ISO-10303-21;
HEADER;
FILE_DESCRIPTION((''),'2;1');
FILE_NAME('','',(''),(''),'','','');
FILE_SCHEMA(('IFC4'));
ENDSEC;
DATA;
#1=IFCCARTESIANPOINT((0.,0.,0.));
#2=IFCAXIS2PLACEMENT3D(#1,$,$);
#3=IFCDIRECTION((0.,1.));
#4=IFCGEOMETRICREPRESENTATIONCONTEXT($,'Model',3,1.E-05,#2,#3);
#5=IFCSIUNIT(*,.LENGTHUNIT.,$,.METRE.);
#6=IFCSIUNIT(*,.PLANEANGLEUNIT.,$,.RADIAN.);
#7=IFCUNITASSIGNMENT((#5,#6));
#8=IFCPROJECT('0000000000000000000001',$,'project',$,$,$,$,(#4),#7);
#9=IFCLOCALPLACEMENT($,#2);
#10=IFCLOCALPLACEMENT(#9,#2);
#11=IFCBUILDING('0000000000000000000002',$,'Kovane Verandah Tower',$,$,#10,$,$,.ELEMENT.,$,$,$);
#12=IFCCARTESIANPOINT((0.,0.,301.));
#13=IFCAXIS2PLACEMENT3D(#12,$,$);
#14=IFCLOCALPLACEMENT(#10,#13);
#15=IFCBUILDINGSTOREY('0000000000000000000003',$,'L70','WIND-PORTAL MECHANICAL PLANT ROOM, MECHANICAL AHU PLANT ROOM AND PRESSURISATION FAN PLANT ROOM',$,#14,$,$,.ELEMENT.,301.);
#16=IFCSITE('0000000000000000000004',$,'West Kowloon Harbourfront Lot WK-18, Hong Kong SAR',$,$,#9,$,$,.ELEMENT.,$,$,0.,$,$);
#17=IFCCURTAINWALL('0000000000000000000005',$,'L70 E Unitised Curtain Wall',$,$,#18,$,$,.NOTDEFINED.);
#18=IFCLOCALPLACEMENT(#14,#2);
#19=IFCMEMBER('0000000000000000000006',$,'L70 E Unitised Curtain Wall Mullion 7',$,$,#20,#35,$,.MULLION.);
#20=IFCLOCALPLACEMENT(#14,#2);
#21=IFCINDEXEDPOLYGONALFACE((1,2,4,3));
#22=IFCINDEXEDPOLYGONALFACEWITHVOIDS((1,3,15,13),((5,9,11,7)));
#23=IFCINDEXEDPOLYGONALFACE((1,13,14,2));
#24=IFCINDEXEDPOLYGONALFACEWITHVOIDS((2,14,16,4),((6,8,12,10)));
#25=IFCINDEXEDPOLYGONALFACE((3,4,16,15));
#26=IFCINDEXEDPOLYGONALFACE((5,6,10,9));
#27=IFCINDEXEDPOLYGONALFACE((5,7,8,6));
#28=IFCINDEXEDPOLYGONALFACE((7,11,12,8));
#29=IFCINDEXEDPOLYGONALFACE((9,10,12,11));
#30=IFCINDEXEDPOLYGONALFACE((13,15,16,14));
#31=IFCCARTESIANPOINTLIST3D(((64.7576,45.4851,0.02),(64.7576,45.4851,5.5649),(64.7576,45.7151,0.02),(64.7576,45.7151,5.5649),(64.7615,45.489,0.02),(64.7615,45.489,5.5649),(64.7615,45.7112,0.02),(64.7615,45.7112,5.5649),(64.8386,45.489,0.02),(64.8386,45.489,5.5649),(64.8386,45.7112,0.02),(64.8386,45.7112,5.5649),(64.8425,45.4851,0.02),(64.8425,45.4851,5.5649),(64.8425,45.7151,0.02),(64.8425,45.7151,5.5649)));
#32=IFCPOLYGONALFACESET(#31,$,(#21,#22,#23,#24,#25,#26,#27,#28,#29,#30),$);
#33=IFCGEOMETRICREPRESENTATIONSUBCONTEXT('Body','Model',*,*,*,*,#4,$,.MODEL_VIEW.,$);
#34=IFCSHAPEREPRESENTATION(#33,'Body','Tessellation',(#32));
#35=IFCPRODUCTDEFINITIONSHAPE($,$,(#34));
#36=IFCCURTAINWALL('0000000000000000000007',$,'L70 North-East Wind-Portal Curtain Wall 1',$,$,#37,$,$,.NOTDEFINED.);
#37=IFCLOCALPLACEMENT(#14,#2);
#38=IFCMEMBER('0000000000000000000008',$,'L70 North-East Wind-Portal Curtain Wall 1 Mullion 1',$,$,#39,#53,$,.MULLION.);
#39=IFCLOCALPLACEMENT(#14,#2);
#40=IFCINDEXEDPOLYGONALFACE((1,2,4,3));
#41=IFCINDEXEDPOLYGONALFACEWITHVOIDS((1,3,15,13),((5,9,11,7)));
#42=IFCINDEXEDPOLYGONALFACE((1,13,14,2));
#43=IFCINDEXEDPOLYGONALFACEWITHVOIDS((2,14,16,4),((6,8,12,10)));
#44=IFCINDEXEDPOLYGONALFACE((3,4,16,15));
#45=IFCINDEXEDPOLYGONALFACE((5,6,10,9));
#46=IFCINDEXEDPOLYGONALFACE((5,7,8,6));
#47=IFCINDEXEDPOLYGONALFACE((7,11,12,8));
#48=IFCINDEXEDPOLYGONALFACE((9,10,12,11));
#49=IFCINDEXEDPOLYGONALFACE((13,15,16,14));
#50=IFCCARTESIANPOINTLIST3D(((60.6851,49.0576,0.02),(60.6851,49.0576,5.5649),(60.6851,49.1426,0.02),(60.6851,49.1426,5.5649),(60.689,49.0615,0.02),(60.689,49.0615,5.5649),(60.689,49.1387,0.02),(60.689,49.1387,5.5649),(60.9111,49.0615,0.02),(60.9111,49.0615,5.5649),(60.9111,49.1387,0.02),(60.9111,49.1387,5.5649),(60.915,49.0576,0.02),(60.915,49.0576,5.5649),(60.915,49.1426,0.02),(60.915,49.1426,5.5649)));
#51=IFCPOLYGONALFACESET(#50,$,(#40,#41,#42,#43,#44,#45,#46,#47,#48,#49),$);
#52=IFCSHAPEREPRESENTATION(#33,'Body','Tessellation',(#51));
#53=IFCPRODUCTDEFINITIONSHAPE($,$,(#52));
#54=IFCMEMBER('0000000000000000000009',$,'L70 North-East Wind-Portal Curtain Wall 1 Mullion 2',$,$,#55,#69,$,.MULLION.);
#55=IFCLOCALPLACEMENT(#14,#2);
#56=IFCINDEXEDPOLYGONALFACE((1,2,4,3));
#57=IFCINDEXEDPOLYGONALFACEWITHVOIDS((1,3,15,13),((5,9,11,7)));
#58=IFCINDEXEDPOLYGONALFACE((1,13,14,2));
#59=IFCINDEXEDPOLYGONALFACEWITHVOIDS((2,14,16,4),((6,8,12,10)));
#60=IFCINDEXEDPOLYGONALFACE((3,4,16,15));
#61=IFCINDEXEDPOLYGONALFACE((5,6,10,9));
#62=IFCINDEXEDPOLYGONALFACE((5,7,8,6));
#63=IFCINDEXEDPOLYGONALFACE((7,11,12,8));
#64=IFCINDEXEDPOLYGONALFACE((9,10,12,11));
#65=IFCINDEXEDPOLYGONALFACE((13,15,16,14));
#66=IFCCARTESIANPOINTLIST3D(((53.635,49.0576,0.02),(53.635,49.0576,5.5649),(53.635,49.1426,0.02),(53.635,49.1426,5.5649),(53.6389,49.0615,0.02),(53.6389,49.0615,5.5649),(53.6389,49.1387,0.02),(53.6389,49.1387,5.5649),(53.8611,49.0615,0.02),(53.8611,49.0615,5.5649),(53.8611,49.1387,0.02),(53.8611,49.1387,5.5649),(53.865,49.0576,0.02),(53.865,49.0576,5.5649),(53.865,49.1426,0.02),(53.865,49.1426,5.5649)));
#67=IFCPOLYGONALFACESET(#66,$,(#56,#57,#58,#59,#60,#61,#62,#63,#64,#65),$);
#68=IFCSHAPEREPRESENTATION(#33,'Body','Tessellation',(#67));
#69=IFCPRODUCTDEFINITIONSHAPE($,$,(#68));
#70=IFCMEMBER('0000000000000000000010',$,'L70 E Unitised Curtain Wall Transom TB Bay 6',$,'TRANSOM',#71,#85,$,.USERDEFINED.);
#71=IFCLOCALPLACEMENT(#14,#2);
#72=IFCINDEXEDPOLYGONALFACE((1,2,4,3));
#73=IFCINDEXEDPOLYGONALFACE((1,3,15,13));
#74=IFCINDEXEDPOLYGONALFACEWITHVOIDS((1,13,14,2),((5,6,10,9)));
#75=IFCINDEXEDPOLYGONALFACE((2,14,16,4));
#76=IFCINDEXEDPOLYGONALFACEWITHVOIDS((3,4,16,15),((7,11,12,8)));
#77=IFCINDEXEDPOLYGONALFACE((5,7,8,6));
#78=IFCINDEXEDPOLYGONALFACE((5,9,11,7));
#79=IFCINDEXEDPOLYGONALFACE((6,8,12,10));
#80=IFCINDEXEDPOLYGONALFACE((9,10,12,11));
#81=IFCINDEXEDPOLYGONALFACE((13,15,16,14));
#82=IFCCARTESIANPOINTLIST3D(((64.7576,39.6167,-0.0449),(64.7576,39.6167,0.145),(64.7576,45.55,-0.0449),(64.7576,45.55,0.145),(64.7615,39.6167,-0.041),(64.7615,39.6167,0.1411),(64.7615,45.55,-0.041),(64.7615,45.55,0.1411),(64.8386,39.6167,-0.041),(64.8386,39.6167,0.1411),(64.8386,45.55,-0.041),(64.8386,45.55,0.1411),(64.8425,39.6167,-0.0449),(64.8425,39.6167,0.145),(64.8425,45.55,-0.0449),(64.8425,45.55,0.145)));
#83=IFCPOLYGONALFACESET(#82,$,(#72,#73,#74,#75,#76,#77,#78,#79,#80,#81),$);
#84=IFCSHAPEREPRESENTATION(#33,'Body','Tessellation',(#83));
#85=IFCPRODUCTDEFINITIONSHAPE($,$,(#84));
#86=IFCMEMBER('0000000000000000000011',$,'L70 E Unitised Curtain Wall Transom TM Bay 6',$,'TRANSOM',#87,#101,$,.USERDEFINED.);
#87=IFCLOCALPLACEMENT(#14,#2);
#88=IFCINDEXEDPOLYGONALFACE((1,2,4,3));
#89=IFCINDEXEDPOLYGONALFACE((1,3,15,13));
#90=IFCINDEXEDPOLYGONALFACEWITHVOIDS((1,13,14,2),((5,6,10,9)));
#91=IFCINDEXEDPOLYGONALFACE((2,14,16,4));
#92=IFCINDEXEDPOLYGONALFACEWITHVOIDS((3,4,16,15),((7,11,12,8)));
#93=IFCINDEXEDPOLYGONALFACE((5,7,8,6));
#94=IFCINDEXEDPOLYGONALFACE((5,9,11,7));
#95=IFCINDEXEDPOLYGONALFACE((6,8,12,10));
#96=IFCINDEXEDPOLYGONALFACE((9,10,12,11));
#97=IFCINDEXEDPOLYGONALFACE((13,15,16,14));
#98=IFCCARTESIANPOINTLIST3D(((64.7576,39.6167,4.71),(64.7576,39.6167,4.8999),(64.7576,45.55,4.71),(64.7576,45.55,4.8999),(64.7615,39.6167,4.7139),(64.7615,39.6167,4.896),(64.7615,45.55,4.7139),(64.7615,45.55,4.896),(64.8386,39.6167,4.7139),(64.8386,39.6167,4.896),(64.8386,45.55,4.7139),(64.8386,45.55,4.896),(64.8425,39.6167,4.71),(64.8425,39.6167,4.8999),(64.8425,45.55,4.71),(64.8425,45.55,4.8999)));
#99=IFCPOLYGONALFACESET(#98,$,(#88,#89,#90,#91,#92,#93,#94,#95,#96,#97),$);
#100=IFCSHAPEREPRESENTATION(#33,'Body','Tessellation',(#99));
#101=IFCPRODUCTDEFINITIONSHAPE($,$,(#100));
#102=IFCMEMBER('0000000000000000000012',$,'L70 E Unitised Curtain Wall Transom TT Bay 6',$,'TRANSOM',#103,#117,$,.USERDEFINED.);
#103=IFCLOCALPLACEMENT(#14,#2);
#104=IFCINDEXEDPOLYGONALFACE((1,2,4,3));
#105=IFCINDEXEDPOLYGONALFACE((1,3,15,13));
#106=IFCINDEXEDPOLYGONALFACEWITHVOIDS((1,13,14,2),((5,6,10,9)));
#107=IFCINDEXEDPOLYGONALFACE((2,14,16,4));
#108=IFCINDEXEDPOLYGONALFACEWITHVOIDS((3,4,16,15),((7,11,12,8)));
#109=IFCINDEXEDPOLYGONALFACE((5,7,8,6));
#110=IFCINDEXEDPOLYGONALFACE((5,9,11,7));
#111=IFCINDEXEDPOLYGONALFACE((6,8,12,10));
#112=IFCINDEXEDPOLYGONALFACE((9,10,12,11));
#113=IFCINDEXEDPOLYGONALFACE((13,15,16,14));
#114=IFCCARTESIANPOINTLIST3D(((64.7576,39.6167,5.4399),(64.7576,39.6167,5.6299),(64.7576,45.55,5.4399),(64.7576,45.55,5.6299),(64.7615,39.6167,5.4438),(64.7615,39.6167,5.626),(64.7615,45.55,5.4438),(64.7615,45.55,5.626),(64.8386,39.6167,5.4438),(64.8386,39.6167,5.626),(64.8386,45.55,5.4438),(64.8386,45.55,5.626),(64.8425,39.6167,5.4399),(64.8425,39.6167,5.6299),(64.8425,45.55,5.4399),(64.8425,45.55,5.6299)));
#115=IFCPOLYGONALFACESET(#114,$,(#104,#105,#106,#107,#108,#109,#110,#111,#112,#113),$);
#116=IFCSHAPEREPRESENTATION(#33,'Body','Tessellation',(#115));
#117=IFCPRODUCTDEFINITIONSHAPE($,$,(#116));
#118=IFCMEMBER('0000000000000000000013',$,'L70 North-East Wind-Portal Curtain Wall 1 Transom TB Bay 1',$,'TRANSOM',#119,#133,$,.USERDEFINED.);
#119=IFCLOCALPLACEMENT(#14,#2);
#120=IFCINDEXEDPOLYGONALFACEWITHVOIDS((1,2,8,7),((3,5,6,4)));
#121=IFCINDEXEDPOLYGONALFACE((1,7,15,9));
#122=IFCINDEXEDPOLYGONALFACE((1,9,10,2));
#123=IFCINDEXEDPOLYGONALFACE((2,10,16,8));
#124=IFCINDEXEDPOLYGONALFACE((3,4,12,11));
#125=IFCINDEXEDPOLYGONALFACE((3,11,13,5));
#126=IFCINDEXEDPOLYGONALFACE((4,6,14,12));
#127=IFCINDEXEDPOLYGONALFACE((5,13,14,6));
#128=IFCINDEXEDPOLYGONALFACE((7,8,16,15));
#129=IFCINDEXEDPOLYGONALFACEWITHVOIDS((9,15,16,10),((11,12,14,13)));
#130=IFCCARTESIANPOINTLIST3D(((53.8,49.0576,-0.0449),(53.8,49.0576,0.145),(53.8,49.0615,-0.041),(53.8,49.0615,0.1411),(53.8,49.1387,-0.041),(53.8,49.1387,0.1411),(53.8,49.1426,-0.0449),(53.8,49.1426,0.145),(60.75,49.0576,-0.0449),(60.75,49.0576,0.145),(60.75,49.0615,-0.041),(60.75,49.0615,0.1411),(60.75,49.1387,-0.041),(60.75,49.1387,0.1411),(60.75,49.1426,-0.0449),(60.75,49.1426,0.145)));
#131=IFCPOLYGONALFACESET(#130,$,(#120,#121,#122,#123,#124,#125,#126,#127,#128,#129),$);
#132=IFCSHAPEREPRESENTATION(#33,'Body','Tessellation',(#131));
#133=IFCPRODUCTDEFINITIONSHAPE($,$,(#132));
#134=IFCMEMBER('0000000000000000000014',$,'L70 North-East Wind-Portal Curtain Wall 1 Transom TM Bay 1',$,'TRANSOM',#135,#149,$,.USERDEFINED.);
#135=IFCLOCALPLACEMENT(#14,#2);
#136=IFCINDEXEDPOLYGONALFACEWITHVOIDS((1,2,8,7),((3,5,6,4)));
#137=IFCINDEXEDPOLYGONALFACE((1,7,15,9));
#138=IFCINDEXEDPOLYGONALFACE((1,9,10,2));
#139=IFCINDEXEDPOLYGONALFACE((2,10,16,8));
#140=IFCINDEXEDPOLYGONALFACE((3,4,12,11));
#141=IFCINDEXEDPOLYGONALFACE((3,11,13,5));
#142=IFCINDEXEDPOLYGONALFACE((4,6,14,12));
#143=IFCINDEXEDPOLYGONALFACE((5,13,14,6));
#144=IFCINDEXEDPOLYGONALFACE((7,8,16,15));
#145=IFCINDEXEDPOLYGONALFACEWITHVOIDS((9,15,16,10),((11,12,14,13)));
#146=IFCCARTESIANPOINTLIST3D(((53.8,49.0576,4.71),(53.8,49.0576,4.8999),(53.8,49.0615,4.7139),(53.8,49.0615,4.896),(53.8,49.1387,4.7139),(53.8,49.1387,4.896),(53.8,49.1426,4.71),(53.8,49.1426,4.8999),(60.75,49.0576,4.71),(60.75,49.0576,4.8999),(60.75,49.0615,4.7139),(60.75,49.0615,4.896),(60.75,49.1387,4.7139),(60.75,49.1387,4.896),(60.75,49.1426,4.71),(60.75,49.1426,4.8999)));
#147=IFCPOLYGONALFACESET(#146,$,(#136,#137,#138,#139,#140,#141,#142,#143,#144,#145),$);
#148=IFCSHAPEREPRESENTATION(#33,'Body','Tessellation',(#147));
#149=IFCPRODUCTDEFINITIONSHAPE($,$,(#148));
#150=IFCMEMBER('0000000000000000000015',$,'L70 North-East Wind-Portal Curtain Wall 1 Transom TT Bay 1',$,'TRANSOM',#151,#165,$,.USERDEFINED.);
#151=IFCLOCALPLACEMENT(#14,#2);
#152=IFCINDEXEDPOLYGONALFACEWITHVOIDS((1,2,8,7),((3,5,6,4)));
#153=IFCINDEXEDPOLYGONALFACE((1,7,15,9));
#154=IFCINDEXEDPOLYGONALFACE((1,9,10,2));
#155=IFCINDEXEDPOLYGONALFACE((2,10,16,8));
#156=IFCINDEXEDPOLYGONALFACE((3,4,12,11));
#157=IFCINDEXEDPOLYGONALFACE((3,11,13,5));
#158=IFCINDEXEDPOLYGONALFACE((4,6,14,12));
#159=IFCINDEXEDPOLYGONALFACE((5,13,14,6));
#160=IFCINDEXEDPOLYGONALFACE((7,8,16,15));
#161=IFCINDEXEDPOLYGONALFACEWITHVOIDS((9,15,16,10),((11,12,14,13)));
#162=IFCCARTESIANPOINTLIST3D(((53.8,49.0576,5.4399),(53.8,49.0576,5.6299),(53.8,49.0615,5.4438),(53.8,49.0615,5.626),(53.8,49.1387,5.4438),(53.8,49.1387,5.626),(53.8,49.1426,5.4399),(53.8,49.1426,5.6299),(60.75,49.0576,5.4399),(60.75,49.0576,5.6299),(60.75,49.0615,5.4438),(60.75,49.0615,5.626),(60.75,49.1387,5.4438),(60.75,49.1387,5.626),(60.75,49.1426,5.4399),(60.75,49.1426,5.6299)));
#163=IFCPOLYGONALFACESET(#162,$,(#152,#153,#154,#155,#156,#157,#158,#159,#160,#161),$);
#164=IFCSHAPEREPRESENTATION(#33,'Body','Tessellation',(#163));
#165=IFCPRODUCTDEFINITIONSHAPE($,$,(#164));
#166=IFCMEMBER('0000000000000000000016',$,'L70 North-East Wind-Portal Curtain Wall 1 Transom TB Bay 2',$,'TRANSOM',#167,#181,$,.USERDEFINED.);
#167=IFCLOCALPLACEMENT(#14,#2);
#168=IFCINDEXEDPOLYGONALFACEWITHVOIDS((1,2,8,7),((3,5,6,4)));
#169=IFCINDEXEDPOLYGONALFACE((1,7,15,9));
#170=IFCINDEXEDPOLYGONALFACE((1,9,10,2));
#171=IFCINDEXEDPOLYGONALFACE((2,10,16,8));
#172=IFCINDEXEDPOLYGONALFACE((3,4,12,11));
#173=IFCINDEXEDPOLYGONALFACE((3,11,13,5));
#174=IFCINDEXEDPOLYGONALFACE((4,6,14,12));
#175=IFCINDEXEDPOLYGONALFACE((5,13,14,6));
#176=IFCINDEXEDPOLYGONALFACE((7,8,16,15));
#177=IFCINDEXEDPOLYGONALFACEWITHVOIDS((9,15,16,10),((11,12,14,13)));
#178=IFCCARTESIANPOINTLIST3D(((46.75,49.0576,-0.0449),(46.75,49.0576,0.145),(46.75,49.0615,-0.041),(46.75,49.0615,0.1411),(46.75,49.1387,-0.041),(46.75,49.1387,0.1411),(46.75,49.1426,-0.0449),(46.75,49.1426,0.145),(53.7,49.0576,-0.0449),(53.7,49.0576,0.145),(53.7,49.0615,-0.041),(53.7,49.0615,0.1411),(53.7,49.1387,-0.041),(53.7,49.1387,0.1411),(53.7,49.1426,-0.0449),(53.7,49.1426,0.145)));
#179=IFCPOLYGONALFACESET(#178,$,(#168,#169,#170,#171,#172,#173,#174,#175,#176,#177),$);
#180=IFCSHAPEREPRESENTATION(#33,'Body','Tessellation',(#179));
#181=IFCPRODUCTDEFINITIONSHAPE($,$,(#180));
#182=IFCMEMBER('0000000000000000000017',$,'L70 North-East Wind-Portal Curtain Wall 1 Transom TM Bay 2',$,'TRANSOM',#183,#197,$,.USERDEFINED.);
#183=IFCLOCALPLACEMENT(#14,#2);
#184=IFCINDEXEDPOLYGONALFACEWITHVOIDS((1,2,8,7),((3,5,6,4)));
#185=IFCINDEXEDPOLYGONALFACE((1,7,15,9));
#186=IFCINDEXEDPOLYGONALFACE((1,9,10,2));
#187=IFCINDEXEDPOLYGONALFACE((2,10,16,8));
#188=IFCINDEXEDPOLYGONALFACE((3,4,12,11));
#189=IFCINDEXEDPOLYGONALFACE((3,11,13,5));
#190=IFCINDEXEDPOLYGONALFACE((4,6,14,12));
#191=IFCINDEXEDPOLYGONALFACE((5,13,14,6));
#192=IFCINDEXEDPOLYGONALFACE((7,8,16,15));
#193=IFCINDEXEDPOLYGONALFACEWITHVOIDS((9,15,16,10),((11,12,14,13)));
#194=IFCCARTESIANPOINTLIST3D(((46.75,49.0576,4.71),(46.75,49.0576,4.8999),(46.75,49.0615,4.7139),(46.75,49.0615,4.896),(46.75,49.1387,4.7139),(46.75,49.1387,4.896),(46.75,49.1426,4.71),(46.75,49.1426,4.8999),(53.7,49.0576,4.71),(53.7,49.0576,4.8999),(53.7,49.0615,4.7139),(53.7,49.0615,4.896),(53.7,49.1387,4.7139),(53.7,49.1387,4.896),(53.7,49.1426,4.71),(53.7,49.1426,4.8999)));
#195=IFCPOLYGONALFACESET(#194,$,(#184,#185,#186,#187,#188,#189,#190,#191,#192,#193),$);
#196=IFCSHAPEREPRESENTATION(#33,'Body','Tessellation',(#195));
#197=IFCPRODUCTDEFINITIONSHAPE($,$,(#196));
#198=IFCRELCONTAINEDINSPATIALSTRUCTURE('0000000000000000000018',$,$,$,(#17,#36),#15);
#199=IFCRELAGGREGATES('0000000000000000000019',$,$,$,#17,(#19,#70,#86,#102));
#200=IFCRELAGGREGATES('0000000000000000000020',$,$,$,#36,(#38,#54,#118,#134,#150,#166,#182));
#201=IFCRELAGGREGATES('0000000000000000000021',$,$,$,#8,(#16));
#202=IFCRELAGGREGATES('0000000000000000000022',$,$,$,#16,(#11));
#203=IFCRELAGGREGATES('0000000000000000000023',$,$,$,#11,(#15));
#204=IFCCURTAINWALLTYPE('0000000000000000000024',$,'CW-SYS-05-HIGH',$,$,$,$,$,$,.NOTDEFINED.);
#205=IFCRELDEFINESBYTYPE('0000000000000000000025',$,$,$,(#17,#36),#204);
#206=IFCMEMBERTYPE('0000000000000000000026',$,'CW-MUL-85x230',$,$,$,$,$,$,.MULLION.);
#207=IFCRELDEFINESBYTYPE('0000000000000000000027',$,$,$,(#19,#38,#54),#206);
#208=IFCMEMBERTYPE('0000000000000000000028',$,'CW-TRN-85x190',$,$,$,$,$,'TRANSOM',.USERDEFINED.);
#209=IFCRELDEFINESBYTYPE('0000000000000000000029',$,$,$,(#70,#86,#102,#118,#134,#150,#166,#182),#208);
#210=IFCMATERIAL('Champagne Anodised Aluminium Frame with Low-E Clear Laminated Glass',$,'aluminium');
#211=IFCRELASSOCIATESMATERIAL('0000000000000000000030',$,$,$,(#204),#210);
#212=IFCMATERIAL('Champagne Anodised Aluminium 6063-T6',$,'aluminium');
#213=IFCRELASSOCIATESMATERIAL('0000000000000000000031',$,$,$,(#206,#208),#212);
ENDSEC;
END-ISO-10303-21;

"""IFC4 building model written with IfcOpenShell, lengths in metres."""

from ifc_helpers import new_model, si_unit, direction, frame, origin, origin_2d, place, context, subcontext, project, spatial, hollow_rectangle, extrude, material, material_profile, profile_set, type_object, element, aggregate, save


model = new_model("IFC4")

# Units and contexts
model_context = context("Model", 3, precision=1e-05, world=origin(), true_north=direction((0.0, 1.0)))
body_context = subcontext(model_context, "Body", "Model", "MODEL_VIEW")
ifc_project = project(units=[si_unit("LENGTHUNIT", "METRE"), si_unit("PLANEANGLEUNIT", "RADIAN")], contexts=[model_context])

# Site, building, storey
site_placement = place(None, origin())
site = spatial("IfcSite", under=ifc_project, at=site_placement, Name="West Kowloon Harbourfront Lot WK-18, Hong Kong SAR", CompositionType="ELEMENT", RefElevation=0.0)
building_placement = place(site_placement, origin())
building = spatial("IfcBuilding", under=site, at=building_placement, Name="Kovane Verandah Tower", CompositionType="ELEMENT")
storey_placement = place(building_placement, frame((0.0, 0.0, 301.0)))
storey = spatial("IfcBuildingStorey", under=building, at=storey_placement, Name="L70", Description="WIND-PORTAL MECHANICAL PLANT ROOM, MECHANICAL AHU PLANT ROOM AND PRESSURISATION FAN PLANT ROOM", CompositionType="ELEMENT", Elevation=301.0)

# Curtain walls, members
ifc_material_1 = material(Name="Champagne Anodised Aluminium Frame with Low-E Clear Laminated Glass", Category="aluminium")
curtain_wall_type = type_object("IfcCurtainWallType", Name="CW-SYS-05-HIGH", PredefinedType="NOTDEFINED", material=ifc_material_1)
curtain_wall_1_placement = place(storey_placement, origin())
curtain_wall_1 = element("IfcCurtainWall", 1, at=curtain_wall_1_placement, inside=storey, type_object=curtain_wall_type, Name="L70 E Unitised Curtain Wall", PredefinedType="NOTDEFINED")
ifc_material_2 = material(Name="Champagne Anodised Aluminium 6063-T6", Category="aluminium")
ifc_material_profile_1 = material_profile(ifc_material_2, hollow_rectangle(XDim=0.085, YDim=0.23, WallThickness=0.0039, at=origin_2d()), Name="AL85x230x4")
ifc_profile_set_1 = profile_set([ifc_material_profile_1], Name="Champagne Anodised Aluminium 6063-T6")
member_type_1 = type_object("IfcMemberType", Name="CW-MUL-85x230", PredefinedType="MULLION", material=ifc_profile_set_1)
member_1_placement = place(storey_placement, frame((64.8, 45.6001, 0.02), z_axis=(0.0, 0.0, 1.0), x_axis=(1.0, 0.0, 0.0)))
member_1 = element("IfcMember", 2, at=member_1_placement, type_object=member_type_1, Name="L70 E Unitised Curtain Wall Mullion 7", PredefinedType="MULLION", context=body_context, shape_type="SweptSolid", body=[
    extrude(hollow_rectangle(XDim=0.085, YDim=0.23, WallThickness=0.0039, at=origin_2d()), origin(), (0.0, 0.0, 1.0), 5.5449),
])
curtain_wall_2_placement = place(storey_placement, origin())
curtain_wall_2 = element("IfcCurtainWall", 3, at=curtain_wall_2_placement, inside=storey, type_object=curtain_wall_type, Name="L70 North-East Wind-Portal Curtain Wall 1", PredefinedType="NOTDEFINED")
member_2_placement = place(storey_placement, frame((60.8, 49.1001, 0.02), z_axis=(0.0, 0.0, 1.0), x_axis=(0.0, 1.0, 0.0)))
member_2 = element("IfcMember", 4, at=member_2_placement, type_object=member_type_1, Name="L70 North-East Wind-Portal Curtain Wall 1 Mullion 1", PredefinedType="MULLION", context=body_context, shape_type="SweptSolid", body=[
    extrude(hollow_rectangle(XDim=0.085, YDim=0.23, WallThickness=0.0039, at=origin_2d()), origin(), (0.0, 0.0, 1.0), 5.5449),
])
member_3_placement = place(storey_placement, frame((53.75, 49.1001, 0.02), z_axis=(0.0, 0.0, 1.0), x_axis=(0.0, 1.0, 0.0)))
member_3 = element("IfcMember", 5, at=member_3_placement, type_object=member_type_1, Name="L70 North-East Wind-Portal Curtain Wall 1 Mullion 2", PredefinedType="MULLION", context=body_context, shape_type="SweptSolid", body=[
    extrude(hollow_rectangle(XDim=0.085, YDim=0.23, WallThickness=0.0039, at=origin_2d()), origin(), (0.0, 0.0, 1.0), 5.5449),
])

# Members
ifc_material_profile_2 = material_profile(ifc_material_2, hollow_rectangle(XDim=0.085, YDim=0.1899, WallThickness=0.0039, at=origin_2d()), Name="AL85x190x4")
ifc_profile_set_2 = profile_set([ifc_material_profile_2], Name="Champagne Anodised Aluminium 6063-T6")
member_type_2 = type_object("IfcMemberType", Name="CW-TRN-85x190", ElementType="TRANSOM", PredefinedType="USERDEFINED", material=ifc_profile_set_2)
member_4_placement = place(storey_placement, frame((64.8, 39.6167, 0.05), z_axis=(0.0, 1.0, 0.0), x_axis=(-1.0, 0.0, 0.0)))
member_4 = element("IfcMember", 6, at=member_4_placement, type_object=member_type_2, Name="L70 E Unitised Curtain Wall Transom TB Bay 6", ObjectType="TRANSOM", PredefinedType="USERDEFINED", context=body_context, shape_type="SweptSolid", body=[
    extrude(hollow_rectangle(XDim=0.085, YDim=0.1899, WallThickness=0.0039, at=origin_2d()), origin(), (0.0, 0.0, 1.0), 5.9333),
])
member_5_placement = place(storey_placement, frame((64.8, 39.6167, 4.8049), z_axis=(0.0, 1.0, 0.0), x_axis=(-1.0, 0.0, 0.0)))
member_5 = element("IfcMember", 7, at=member_5_placement, type_object=member_type_2, Name="L70 E Unitised Curtain Wall Transom TM Bay 6", ObjectType="TRANSOM", PredefinedType="USERDEFINED", context=body_context, shape_type="SweptSolid", body=[
    extrude(hollow_rectangle(XDim=0.085, YDim=0.1899, WallThickness=0.0039, at=origin_2d()), origin(), (0.0, 0.0, 1.0), 5.9333),
])
member_6_placement = place(storey_placement, frame((64.8, 39.6167, 5.5349), z_axis=(0.0, 1.0, 0.0), x_axis=(-1.0, 0.0, 0.0)))
member_6 = element("IfcMember", 8, at=member_6_placement, type_object=member_type_2, Name="L70 E Unitised Curtain Wall Transom TT Bay 6", ObjectType="TRANSOM", PredefinedType="USERDEFINED", context=body_context, shape_type="SweptSolid", body=[
    extrude(hollow_rectangle(XDim=0.085, YDim=0.1899, WallThickness=0.0039, at=origin_2d()), origin(), (0.0, 0.0, 1.0), 5.9333),
])
member_7_placement = place(storey_placement, frame((60.75, 49.1001, 0.05), z_axis=(-1.0, 0.0, 0.0), x_axis=(0.0, -1.0, 0.0)))
member_7 = element("IfcMember", 9, at=member_7_placement, type_object=member_type_2, Name="L70 North-East Wind-Portal Curtain Wall 1 Transom TB Bay 1", ObjectType="TRANSOM", PredefinedType="USERDEFINED", context=body_context, shape_type="SweptSolid", body=[
    extrude(hollow_rectangle(XDim=0.085, YDim=0.1899, WallThickness=0.0039, at=origin_2d()), origin(), (0.0, 0.0, 1.0), 6.95),
])
member_8_placement = place(storey_placement, frame((60.75, 49.1001, 4.8049), z_axis=(-1.0, 0.0, 0.0), x_axis=(0.0, -1.0, 0.0)))
member_8 = element("IfcMember", 10, at=member_8_placement, type_object=member_type_2, Name="L70 North-East Wind-Portal Curtain Wall 1 Transom TM Bay 1", ObjectType="TRANSOM", PredefinedType="USERDEFINED", context=body_context, shape_type="SweptSolid", body=[
    extrude(hollow_rectangle(XDim=0.085, YDim=0.1899, WallThickness=0.0039, at=origin_2d()), origin(), (0.0, 0.0, 1.0), 6.95),
])
member_9_placement = place(storey_placement, frame((60.75, 49.1001, 5.5349), z_axis=(-1.0, 0.0, 0.0), x_axis=(0.0, -1.0, 0.0)))
member_9 = element("IfcMember", 11, at=member_9_placement, type_object=member_type_2, Name="L70 North-East Wind-Portal Curtain Wall 1 Transom TT Bay 1", ObjectType="TRANSOM", PredefinedType="USERDEFINED", context=body_context, shape_type="SweptSolid", body=[
    extrude(hollow_rectangle(XDim=0.085, YDim=0.1899, WallThickness=0.0039, at=origin_2d()), origin(), (0.0, 0.0, 1.0), 6.95),
])
member_10_placement = place(storey_placement, frame((53.7, 49.1001, 0.05), z_axis=(-1.0, 0.0, 0.0), x_axis=(0.0, -1.0, 0.0)))
member_10 = element("IfcMember", 12, at=member_10_placement, type_object=member_type_2, Name="L70 North-East Wind-Portal Curtain Wall 1 Transom TB Bay 2", ObjectType="TRANSOM", PredefinedType="USERDEFINED", context=body_context, shape_type="SweptSolid", body=[
    extrude(hollow_rectangle(XDim=0.085, YDim=0.1899, WallThickness=0.0039, at=origin_2d()), origin(), (0.0, 0.0, 1.0), 6.95),
])
member_11_placement = place(storey_placement, frame((53.7, 49.1001, 4.8049), z_axis=(-1.0, 0.0, 0.0), x_axis=(0.0, -1.0, 0.0)))
member_11 = element("IfcMember", 13, at=member_11_placement, type_object=member_type_2, Name="L70 North-East Wind-Portal Curtain Wall 1 Transom TM Bay 2", ObjectType="TRANSOM", PredefinedType="USERDEFINED", context=body_context, shape_type="SweptSolid", body=[
    extrude(hollow_rectangle(XDim=0.085, YDim=0.1899, WallThickness=0.0039, at=origin_2d()), origin(), (0.0, 0.0, 1.0), 6.95),
])

aggregate(curtain_wall_1, [member_1, member_4, member_5, member_6])
aggregate(curtain_wall_2, [member_2, member_3, member_7, member_8, member_9, member_10, member_11])

save(model, "model.ifc")
